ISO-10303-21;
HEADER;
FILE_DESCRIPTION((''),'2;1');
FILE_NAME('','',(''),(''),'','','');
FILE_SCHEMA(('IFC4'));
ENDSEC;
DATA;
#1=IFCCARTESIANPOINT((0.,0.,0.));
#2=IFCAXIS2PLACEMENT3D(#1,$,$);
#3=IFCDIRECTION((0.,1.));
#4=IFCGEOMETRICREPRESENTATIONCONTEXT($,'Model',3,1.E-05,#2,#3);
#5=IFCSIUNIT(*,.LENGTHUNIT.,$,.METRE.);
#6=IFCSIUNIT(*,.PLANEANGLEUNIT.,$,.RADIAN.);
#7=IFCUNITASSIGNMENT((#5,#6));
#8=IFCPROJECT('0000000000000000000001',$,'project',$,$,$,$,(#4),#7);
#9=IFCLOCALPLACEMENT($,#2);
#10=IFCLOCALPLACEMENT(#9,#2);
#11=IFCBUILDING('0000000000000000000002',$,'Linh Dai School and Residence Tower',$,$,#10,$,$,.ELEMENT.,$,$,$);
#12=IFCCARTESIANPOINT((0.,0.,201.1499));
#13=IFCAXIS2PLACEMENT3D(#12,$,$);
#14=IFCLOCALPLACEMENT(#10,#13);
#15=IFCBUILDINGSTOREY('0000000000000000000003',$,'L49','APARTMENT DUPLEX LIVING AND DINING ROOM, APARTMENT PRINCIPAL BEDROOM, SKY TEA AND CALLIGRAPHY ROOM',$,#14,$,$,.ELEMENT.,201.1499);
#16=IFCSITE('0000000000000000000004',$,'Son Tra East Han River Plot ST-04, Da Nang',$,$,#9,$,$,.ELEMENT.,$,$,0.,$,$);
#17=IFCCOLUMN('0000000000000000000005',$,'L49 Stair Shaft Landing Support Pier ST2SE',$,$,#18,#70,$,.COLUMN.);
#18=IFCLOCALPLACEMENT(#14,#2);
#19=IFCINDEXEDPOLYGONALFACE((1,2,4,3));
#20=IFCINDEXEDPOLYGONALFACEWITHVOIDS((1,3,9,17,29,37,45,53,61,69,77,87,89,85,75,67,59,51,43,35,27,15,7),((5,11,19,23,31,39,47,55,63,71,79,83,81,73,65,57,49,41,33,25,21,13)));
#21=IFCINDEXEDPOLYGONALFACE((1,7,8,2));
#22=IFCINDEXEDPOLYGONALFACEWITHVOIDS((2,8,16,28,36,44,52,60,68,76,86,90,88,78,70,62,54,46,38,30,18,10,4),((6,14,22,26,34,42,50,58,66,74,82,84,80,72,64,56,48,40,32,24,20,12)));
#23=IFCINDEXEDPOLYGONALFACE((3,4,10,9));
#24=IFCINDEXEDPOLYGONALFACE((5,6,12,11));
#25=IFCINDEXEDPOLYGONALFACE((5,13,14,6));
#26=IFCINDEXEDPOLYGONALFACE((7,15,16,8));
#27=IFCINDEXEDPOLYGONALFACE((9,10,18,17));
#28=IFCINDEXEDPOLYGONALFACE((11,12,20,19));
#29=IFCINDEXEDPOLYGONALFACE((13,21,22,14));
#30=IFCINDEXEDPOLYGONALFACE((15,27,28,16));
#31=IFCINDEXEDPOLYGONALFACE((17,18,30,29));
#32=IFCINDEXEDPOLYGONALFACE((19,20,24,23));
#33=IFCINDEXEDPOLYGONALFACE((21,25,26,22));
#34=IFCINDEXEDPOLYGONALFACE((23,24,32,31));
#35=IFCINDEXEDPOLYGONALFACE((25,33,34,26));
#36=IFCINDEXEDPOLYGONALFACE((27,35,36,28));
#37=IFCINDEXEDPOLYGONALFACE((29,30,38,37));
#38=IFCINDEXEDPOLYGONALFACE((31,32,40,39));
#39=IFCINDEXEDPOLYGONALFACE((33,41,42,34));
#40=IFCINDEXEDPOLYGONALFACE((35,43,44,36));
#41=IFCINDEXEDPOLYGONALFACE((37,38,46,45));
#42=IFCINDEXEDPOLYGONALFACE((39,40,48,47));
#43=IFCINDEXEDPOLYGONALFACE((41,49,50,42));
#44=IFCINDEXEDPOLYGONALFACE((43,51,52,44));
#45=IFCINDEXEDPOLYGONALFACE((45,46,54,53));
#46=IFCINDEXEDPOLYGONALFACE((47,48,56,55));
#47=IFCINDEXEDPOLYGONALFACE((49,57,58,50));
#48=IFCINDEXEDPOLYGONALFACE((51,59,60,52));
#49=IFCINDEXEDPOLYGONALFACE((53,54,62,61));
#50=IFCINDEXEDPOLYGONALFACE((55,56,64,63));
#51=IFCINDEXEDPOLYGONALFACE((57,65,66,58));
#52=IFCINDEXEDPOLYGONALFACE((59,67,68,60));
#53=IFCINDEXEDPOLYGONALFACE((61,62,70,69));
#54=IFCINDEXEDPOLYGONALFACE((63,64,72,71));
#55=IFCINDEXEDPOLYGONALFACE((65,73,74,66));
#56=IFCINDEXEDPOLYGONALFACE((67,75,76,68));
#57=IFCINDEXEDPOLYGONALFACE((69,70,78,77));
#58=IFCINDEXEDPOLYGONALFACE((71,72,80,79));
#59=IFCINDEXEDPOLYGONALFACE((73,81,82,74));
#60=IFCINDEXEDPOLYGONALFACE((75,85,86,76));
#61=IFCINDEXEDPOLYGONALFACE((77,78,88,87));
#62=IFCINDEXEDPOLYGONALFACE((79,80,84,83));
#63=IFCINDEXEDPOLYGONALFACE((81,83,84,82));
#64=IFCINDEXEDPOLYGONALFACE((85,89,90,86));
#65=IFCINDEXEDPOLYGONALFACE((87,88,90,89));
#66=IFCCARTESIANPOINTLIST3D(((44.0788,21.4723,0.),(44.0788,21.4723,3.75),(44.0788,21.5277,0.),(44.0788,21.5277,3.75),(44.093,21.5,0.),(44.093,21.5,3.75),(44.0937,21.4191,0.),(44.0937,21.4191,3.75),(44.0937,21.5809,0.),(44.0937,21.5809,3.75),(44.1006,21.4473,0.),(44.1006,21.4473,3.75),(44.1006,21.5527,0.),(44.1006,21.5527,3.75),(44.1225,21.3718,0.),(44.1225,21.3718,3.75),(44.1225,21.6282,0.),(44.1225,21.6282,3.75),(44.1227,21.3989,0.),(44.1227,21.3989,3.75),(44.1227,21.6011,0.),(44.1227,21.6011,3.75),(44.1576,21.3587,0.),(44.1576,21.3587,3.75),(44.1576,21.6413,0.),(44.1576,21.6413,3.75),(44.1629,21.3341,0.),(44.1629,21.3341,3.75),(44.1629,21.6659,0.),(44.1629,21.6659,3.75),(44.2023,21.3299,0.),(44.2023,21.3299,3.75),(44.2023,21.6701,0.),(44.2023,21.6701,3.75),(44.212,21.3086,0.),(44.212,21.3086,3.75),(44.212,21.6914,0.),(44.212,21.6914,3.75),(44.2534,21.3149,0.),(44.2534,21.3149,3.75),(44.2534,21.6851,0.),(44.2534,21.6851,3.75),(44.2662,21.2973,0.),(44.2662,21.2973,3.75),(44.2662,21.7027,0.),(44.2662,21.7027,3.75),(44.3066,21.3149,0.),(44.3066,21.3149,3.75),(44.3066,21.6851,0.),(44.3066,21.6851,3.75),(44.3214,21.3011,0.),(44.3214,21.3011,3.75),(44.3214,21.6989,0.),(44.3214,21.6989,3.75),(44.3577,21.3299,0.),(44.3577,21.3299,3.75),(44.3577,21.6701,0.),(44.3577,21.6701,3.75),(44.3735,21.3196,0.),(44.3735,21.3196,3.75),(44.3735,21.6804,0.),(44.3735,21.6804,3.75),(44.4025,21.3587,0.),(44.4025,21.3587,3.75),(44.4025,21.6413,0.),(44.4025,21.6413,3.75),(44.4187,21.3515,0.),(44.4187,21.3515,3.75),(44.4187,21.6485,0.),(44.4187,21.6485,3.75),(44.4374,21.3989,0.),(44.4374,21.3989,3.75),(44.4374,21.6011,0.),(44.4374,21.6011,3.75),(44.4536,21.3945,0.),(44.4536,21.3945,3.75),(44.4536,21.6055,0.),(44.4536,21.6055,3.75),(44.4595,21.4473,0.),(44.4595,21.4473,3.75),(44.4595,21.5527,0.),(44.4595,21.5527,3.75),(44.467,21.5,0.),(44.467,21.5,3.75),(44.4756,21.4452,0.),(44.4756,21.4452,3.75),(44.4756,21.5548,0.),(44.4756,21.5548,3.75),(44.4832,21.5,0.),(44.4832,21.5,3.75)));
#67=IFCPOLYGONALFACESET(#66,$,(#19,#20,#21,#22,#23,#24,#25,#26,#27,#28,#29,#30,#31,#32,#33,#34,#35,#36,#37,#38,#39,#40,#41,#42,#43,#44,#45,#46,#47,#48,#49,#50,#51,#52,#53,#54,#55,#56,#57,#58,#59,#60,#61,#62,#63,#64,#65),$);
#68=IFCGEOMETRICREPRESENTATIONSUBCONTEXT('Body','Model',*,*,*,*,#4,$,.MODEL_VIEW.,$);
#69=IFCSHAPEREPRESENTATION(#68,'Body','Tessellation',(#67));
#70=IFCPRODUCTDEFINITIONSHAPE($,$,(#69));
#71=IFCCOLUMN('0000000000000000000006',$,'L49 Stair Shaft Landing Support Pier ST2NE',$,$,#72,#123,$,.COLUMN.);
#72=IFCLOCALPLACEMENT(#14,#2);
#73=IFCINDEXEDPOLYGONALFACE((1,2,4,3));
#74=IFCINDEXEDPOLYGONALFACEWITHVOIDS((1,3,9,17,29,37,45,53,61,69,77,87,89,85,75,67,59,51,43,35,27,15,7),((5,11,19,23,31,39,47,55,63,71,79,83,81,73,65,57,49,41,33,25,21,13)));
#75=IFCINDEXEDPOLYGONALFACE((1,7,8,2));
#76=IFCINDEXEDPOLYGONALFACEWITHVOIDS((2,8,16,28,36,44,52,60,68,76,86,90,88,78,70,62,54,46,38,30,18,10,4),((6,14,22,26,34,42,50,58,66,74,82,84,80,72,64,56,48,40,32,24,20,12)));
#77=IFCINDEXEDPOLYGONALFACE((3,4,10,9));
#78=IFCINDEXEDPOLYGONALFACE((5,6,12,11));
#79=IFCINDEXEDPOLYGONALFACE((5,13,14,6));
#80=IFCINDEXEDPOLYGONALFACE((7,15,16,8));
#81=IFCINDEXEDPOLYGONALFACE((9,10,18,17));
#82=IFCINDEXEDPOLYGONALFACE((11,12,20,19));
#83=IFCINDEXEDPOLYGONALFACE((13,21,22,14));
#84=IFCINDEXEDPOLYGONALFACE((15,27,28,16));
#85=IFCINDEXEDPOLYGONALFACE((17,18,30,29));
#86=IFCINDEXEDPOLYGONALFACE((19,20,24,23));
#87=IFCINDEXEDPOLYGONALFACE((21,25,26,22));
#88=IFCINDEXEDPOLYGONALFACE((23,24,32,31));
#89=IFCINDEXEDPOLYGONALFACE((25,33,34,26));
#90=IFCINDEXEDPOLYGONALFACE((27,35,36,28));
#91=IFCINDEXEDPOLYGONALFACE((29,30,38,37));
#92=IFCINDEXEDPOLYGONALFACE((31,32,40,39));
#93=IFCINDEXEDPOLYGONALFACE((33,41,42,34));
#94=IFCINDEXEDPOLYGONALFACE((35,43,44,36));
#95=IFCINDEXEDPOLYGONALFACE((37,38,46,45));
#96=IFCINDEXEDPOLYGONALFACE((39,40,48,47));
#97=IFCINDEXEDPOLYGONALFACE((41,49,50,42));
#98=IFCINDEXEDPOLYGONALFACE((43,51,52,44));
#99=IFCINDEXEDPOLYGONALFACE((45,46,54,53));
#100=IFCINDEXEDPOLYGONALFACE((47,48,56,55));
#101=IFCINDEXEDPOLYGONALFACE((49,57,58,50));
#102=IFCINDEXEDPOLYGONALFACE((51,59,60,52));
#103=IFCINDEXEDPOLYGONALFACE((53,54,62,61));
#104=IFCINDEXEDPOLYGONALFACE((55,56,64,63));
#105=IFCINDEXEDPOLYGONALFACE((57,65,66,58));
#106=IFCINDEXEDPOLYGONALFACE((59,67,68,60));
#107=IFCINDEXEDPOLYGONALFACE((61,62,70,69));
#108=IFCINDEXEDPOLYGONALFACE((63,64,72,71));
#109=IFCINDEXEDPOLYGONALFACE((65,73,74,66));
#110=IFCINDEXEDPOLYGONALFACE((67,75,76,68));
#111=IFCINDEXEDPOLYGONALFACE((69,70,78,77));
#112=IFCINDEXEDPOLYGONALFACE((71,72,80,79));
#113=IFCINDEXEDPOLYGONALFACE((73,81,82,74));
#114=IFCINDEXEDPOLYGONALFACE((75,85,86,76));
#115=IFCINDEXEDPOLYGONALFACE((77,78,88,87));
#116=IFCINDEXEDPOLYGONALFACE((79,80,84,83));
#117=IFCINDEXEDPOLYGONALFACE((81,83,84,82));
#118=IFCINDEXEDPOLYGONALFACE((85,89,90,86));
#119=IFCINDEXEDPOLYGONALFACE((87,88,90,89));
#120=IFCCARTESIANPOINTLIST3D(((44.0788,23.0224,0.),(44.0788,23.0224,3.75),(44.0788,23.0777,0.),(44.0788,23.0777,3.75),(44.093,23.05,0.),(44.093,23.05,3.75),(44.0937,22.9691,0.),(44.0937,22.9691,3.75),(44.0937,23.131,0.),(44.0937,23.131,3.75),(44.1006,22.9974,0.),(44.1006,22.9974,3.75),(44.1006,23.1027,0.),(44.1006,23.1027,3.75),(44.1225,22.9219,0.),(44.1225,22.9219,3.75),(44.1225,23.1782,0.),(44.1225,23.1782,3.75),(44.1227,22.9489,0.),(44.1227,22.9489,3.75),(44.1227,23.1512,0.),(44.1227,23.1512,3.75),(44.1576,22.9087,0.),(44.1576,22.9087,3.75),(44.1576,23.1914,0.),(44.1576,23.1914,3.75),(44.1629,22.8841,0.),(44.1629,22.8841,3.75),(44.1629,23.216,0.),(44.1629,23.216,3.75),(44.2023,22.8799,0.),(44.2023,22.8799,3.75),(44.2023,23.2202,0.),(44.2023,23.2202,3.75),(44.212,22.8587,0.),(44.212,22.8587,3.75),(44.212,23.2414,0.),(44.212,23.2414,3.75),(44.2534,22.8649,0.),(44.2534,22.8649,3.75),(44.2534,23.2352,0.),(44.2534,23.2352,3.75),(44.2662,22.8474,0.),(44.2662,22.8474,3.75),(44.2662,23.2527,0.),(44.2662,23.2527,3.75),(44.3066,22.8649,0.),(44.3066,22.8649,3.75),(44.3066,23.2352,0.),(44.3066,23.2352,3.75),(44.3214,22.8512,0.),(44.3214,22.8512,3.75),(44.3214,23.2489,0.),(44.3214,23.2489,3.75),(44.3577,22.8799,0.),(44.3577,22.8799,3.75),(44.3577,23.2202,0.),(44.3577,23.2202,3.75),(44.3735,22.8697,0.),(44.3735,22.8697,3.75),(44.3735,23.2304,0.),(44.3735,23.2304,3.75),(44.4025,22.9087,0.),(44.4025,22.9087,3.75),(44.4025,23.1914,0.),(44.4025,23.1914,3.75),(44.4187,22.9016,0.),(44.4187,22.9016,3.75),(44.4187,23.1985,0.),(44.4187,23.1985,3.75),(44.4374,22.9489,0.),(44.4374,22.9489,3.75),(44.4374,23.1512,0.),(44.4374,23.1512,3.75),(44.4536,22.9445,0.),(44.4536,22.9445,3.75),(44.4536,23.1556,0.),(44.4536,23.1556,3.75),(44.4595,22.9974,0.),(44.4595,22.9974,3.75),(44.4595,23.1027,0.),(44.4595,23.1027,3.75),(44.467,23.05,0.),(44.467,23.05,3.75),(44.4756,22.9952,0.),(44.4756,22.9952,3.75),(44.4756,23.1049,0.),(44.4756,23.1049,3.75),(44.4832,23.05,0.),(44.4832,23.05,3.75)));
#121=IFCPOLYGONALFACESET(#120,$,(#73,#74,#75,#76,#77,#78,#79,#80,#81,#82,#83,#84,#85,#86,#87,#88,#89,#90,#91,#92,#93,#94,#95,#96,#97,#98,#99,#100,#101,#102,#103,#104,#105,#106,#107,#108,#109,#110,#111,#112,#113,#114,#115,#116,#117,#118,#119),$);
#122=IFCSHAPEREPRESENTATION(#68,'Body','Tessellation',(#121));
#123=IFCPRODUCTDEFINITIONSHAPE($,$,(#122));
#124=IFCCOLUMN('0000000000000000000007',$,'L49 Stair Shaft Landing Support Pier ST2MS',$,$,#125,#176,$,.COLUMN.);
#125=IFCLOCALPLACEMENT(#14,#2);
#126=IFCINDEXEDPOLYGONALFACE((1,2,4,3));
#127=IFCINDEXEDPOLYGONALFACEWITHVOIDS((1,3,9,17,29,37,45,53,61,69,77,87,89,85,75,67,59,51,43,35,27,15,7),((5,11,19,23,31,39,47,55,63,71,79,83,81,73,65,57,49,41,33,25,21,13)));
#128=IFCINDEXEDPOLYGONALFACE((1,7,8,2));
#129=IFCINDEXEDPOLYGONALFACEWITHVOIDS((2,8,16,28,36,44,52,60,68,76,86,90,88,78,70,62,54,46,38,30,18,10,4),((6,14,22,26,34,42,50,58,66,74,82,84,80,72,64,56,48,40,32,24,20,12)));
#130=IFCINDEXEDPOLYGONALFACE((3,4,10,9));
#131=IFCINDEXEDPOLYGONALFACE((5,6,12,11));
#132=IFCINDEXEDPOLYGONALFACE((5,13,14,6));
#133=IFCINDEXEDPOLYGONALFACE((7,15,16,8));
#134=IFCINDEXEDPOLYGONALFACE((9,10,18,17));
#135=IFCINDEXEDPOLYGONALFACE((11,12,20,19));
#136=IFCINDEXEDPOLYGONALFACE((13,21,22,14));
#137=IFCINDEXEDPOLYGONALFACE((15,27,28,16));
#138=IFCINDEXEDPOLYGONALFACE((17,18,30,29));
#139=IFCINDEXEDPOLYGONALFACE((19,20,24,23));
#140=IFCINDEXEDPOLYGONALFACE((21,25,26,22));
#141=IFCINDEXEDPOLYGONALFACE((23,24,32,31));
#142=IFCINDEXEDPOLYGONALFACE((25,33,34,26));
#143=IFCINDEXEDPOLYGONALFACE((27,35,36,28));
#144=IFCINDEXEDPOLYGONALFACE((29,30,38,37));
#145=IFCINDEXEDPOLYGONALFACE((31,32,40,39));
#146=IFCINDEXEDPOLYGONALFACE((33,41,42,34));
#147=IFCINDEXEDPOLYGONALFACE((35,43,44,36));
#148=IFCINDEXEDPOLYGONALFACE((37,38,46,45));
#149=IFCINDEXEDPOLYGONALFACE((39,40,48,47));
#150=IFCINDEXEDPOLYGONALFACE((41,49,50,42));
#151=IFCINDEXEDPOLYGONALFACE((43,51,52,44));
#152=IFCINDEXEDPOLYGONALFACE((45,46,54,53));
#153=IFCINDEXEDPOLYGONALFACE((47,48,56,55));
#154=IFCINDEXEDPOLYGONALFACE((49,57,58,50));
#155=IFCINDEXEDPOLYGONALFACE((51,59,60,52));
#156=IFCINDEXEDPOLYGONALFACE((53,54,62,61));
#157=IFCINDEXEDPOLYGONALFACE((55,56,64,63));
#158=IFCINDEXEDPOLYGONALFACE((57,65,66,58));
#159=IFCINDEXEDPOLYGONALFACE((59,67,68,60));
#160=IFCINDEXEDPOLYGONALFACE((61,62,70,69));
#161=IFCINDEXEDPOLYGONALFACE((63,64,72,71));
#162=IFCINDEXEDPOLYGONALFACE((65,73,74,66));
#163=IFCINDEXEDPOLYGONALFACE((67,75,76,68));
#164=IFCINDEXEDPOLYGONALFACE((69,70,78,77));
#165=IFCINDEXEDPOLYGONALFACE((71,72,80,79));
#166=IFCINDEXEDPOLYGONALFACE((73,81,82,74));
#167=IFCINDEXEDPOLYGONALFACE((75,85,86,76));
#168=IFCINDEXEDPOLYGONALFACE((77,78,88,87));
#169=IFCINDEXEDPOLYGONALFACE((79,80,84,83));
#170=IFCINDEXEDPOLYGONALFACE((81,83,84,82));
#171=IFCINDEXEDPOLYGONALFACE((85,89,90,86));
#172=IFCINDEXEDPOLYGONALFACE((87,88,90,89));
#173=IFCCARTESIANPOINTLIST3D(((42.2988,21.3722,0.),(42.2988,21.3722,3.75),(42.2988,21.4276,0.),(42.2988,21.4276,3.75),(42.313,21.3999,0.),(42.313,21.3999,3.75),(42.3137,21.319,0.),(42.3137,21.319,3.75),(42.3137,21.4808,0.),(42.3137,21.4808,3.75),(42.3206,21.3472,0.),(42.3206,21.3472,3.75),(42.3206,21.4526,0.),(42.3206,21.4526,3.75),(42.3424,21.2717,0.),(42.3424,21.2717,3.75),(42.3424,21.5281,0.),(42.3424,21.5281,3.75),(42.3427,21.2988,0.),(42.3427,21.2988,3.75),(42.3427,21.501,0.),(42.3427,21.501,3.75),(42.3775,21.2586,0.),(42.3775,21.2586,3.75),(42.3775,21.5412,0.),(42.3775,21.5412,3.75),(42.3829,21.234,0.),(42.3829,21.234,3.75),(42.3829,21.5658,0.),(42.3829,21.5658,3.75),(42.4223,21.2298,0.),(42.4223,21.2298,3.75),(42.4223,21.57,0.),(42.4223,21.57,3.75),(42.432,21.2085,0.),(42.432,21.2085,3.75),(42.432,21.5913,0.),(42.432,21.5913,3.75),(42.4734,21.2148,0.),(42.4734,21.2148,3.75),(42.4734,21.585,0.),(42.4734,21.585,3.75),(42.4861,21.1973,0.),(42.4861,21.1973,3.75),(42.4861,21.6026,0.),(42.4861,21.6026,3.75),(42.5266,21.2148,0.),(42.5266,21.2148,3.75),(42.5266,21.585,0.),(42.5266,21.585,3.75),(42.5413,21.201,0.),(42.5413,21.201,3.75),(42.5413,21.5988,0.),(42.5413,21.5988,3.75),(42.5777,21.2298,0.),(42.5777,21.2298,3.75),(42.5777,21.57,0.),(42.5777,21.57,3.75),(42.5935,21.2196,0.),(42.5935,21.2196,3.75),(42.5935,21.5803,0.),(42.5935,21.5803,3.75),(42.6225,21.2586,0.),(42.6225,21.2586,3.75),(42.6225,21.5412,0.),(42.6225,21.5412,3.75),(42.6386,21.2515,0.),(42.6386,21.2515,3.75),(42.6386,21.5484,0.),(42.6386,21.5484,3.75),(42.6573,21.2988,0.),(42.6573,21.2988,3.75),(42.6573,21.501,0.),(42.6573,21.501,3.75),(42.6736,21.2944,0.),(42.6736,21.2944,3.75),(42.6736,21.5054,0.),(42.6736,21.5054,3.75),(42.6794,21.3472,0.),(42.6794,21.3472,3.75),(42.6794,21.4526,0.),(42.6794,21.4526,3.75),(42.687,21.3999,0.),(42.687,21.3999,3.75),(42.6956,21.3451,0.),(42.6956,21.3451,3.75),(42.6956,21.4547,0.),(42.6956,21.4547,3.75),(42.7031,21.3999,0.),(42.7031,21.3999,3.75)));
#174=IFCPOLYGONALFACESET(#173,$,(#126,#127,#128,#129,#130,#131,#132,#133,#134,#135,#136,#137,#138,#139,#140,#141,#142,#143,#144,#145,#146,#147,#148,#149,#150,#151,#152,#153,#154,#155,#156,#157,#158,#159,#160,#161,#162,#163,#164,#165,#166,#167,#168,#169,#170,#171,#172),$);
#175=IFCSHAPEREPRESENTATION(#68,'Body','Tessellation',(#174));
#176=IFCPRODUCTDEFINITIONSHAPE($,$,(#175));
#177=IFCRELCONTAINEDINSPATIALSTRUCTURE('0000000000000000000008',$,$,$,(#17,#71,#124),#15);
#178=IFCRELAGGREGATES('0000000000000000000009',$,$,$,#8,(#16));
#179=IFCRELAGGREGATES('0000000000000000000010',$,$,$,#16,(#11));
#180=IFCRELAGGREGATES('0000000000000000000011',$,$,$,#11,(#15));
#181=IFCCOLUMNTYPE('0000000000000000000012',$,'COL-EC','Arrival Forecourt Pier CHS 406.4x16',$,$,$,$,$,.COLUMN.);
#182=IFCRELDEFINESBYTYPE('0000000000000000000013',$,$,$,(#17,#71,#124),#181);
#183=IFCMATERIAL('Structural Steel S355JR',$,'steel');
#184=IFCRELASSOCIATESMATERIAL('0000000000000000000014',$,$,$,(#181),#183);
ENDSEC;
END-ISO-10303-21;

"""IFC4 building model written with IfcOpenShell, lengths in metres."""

from ifc_helpers import new_model, si_unit, direction, frame, origin, origin_2d, place, context, subcontext, project, spatial, hollow_circle, extrude, material, material_profile, profile_set, type_object, element, save


model = new_model("IFC4")

# Units and contexts
model_context = context("Model", 3, precision=1e-05, world=origin(), true_north=direction((0.0, 1.0)))
body_context = subcontext(model_context, "Body", "Model", "MODEL_VIEW")
ifc_project = project(units=[si_unit("LENGTHUNIT", "METRE"), si_unit("PLANEANGLEUNIT", "RADIAN")], contexts=[model_context])

# Site, building, storey
site_placement = place(None, origin())
site = spatial("IfcSite", under=ifc_project, at=site_placement, Name="Son Tra East Han River Plot ST-04, Da Nang", CompositionType="ELEMENT", RefElevation=0.0)
building_placement = place(site_placement, origin())
building = spatial("IfcBuilding", under=site, at=building_placement, Name="Linh Dai School and Residence Tower", CompositionType="ELEMENT")
storey_placement = place(building_placement, frame((0.0, 0.0, 201.1499)))
storey = spatial("IfcBuildingStorey", under=building, at=storey_placement, Name="L49", Description="APARTMENT DUPLEX LIVING AND DINING ROOM, APARTMENT PRINCIPAL BEDROOM, SKY TEA AND CALLIGRAPHY ROOM", CompositionType="ELEMENT", Elevation=201.1499)

# Columns
ifc_material_1 = material(Name="Structural Steel S355JR", Category="steel")
ifc_material_profile_1 = material_profile(ifc_material_1, hollow_circle(Radius=0.2031, WallThickness=0.0161, at=origin_2d()), Name="CHS 406.4x16")
ifc_profile_set_1 = profile_set([ifc_material_profile_1], Name="Structural Steel S355JR")
column_type_1 = type_object("IfcColumnType", Name="COL-EC", Description="Arrival Forecourt Pier CHS 406.4x16", PredefinedType="COLUMN", material=ifc_profile_set_1)
for number, where, z_axis, x_axis, name in (
    (1, (44.28, 21.5, 0.0), (0.0, 0.0, 1.0), (1.0, 0.0, 0.0), "L49 Stair Shaft Landing Support Pier ST2SE"),
    (2, (44.28, 23.05, 0.0), (0.0, 0.0, 1.0), (1.0, 0.0, 0.0), "L49 Stair Shaft Landing Support Pier ST2NE"),
    (3, (42.5, 21.3999, 0.0), (0.0, 0.0, 1.0), (1.0, 0.0, 0.0), "L49 Stair Shaft Landing Support Pier ST2MS"),
):
    element("IfcColumn", number, at=place(storey_placement, frame(where, z_axis=z_axis, x_axis=x_axis)), inside=storey, type_object=column_type_1, Name=name, PredefinedType="COLUMN", context=body_context, shape_type="SweptSolid", body=[
        extrude(hollow_circle(Radius=0.2031, WallThickness=0.0161, at=origin_2d()), origin(), (0.0, 0.0, 1.0), 3.75),
    ])

save(model, "model.ifc")
